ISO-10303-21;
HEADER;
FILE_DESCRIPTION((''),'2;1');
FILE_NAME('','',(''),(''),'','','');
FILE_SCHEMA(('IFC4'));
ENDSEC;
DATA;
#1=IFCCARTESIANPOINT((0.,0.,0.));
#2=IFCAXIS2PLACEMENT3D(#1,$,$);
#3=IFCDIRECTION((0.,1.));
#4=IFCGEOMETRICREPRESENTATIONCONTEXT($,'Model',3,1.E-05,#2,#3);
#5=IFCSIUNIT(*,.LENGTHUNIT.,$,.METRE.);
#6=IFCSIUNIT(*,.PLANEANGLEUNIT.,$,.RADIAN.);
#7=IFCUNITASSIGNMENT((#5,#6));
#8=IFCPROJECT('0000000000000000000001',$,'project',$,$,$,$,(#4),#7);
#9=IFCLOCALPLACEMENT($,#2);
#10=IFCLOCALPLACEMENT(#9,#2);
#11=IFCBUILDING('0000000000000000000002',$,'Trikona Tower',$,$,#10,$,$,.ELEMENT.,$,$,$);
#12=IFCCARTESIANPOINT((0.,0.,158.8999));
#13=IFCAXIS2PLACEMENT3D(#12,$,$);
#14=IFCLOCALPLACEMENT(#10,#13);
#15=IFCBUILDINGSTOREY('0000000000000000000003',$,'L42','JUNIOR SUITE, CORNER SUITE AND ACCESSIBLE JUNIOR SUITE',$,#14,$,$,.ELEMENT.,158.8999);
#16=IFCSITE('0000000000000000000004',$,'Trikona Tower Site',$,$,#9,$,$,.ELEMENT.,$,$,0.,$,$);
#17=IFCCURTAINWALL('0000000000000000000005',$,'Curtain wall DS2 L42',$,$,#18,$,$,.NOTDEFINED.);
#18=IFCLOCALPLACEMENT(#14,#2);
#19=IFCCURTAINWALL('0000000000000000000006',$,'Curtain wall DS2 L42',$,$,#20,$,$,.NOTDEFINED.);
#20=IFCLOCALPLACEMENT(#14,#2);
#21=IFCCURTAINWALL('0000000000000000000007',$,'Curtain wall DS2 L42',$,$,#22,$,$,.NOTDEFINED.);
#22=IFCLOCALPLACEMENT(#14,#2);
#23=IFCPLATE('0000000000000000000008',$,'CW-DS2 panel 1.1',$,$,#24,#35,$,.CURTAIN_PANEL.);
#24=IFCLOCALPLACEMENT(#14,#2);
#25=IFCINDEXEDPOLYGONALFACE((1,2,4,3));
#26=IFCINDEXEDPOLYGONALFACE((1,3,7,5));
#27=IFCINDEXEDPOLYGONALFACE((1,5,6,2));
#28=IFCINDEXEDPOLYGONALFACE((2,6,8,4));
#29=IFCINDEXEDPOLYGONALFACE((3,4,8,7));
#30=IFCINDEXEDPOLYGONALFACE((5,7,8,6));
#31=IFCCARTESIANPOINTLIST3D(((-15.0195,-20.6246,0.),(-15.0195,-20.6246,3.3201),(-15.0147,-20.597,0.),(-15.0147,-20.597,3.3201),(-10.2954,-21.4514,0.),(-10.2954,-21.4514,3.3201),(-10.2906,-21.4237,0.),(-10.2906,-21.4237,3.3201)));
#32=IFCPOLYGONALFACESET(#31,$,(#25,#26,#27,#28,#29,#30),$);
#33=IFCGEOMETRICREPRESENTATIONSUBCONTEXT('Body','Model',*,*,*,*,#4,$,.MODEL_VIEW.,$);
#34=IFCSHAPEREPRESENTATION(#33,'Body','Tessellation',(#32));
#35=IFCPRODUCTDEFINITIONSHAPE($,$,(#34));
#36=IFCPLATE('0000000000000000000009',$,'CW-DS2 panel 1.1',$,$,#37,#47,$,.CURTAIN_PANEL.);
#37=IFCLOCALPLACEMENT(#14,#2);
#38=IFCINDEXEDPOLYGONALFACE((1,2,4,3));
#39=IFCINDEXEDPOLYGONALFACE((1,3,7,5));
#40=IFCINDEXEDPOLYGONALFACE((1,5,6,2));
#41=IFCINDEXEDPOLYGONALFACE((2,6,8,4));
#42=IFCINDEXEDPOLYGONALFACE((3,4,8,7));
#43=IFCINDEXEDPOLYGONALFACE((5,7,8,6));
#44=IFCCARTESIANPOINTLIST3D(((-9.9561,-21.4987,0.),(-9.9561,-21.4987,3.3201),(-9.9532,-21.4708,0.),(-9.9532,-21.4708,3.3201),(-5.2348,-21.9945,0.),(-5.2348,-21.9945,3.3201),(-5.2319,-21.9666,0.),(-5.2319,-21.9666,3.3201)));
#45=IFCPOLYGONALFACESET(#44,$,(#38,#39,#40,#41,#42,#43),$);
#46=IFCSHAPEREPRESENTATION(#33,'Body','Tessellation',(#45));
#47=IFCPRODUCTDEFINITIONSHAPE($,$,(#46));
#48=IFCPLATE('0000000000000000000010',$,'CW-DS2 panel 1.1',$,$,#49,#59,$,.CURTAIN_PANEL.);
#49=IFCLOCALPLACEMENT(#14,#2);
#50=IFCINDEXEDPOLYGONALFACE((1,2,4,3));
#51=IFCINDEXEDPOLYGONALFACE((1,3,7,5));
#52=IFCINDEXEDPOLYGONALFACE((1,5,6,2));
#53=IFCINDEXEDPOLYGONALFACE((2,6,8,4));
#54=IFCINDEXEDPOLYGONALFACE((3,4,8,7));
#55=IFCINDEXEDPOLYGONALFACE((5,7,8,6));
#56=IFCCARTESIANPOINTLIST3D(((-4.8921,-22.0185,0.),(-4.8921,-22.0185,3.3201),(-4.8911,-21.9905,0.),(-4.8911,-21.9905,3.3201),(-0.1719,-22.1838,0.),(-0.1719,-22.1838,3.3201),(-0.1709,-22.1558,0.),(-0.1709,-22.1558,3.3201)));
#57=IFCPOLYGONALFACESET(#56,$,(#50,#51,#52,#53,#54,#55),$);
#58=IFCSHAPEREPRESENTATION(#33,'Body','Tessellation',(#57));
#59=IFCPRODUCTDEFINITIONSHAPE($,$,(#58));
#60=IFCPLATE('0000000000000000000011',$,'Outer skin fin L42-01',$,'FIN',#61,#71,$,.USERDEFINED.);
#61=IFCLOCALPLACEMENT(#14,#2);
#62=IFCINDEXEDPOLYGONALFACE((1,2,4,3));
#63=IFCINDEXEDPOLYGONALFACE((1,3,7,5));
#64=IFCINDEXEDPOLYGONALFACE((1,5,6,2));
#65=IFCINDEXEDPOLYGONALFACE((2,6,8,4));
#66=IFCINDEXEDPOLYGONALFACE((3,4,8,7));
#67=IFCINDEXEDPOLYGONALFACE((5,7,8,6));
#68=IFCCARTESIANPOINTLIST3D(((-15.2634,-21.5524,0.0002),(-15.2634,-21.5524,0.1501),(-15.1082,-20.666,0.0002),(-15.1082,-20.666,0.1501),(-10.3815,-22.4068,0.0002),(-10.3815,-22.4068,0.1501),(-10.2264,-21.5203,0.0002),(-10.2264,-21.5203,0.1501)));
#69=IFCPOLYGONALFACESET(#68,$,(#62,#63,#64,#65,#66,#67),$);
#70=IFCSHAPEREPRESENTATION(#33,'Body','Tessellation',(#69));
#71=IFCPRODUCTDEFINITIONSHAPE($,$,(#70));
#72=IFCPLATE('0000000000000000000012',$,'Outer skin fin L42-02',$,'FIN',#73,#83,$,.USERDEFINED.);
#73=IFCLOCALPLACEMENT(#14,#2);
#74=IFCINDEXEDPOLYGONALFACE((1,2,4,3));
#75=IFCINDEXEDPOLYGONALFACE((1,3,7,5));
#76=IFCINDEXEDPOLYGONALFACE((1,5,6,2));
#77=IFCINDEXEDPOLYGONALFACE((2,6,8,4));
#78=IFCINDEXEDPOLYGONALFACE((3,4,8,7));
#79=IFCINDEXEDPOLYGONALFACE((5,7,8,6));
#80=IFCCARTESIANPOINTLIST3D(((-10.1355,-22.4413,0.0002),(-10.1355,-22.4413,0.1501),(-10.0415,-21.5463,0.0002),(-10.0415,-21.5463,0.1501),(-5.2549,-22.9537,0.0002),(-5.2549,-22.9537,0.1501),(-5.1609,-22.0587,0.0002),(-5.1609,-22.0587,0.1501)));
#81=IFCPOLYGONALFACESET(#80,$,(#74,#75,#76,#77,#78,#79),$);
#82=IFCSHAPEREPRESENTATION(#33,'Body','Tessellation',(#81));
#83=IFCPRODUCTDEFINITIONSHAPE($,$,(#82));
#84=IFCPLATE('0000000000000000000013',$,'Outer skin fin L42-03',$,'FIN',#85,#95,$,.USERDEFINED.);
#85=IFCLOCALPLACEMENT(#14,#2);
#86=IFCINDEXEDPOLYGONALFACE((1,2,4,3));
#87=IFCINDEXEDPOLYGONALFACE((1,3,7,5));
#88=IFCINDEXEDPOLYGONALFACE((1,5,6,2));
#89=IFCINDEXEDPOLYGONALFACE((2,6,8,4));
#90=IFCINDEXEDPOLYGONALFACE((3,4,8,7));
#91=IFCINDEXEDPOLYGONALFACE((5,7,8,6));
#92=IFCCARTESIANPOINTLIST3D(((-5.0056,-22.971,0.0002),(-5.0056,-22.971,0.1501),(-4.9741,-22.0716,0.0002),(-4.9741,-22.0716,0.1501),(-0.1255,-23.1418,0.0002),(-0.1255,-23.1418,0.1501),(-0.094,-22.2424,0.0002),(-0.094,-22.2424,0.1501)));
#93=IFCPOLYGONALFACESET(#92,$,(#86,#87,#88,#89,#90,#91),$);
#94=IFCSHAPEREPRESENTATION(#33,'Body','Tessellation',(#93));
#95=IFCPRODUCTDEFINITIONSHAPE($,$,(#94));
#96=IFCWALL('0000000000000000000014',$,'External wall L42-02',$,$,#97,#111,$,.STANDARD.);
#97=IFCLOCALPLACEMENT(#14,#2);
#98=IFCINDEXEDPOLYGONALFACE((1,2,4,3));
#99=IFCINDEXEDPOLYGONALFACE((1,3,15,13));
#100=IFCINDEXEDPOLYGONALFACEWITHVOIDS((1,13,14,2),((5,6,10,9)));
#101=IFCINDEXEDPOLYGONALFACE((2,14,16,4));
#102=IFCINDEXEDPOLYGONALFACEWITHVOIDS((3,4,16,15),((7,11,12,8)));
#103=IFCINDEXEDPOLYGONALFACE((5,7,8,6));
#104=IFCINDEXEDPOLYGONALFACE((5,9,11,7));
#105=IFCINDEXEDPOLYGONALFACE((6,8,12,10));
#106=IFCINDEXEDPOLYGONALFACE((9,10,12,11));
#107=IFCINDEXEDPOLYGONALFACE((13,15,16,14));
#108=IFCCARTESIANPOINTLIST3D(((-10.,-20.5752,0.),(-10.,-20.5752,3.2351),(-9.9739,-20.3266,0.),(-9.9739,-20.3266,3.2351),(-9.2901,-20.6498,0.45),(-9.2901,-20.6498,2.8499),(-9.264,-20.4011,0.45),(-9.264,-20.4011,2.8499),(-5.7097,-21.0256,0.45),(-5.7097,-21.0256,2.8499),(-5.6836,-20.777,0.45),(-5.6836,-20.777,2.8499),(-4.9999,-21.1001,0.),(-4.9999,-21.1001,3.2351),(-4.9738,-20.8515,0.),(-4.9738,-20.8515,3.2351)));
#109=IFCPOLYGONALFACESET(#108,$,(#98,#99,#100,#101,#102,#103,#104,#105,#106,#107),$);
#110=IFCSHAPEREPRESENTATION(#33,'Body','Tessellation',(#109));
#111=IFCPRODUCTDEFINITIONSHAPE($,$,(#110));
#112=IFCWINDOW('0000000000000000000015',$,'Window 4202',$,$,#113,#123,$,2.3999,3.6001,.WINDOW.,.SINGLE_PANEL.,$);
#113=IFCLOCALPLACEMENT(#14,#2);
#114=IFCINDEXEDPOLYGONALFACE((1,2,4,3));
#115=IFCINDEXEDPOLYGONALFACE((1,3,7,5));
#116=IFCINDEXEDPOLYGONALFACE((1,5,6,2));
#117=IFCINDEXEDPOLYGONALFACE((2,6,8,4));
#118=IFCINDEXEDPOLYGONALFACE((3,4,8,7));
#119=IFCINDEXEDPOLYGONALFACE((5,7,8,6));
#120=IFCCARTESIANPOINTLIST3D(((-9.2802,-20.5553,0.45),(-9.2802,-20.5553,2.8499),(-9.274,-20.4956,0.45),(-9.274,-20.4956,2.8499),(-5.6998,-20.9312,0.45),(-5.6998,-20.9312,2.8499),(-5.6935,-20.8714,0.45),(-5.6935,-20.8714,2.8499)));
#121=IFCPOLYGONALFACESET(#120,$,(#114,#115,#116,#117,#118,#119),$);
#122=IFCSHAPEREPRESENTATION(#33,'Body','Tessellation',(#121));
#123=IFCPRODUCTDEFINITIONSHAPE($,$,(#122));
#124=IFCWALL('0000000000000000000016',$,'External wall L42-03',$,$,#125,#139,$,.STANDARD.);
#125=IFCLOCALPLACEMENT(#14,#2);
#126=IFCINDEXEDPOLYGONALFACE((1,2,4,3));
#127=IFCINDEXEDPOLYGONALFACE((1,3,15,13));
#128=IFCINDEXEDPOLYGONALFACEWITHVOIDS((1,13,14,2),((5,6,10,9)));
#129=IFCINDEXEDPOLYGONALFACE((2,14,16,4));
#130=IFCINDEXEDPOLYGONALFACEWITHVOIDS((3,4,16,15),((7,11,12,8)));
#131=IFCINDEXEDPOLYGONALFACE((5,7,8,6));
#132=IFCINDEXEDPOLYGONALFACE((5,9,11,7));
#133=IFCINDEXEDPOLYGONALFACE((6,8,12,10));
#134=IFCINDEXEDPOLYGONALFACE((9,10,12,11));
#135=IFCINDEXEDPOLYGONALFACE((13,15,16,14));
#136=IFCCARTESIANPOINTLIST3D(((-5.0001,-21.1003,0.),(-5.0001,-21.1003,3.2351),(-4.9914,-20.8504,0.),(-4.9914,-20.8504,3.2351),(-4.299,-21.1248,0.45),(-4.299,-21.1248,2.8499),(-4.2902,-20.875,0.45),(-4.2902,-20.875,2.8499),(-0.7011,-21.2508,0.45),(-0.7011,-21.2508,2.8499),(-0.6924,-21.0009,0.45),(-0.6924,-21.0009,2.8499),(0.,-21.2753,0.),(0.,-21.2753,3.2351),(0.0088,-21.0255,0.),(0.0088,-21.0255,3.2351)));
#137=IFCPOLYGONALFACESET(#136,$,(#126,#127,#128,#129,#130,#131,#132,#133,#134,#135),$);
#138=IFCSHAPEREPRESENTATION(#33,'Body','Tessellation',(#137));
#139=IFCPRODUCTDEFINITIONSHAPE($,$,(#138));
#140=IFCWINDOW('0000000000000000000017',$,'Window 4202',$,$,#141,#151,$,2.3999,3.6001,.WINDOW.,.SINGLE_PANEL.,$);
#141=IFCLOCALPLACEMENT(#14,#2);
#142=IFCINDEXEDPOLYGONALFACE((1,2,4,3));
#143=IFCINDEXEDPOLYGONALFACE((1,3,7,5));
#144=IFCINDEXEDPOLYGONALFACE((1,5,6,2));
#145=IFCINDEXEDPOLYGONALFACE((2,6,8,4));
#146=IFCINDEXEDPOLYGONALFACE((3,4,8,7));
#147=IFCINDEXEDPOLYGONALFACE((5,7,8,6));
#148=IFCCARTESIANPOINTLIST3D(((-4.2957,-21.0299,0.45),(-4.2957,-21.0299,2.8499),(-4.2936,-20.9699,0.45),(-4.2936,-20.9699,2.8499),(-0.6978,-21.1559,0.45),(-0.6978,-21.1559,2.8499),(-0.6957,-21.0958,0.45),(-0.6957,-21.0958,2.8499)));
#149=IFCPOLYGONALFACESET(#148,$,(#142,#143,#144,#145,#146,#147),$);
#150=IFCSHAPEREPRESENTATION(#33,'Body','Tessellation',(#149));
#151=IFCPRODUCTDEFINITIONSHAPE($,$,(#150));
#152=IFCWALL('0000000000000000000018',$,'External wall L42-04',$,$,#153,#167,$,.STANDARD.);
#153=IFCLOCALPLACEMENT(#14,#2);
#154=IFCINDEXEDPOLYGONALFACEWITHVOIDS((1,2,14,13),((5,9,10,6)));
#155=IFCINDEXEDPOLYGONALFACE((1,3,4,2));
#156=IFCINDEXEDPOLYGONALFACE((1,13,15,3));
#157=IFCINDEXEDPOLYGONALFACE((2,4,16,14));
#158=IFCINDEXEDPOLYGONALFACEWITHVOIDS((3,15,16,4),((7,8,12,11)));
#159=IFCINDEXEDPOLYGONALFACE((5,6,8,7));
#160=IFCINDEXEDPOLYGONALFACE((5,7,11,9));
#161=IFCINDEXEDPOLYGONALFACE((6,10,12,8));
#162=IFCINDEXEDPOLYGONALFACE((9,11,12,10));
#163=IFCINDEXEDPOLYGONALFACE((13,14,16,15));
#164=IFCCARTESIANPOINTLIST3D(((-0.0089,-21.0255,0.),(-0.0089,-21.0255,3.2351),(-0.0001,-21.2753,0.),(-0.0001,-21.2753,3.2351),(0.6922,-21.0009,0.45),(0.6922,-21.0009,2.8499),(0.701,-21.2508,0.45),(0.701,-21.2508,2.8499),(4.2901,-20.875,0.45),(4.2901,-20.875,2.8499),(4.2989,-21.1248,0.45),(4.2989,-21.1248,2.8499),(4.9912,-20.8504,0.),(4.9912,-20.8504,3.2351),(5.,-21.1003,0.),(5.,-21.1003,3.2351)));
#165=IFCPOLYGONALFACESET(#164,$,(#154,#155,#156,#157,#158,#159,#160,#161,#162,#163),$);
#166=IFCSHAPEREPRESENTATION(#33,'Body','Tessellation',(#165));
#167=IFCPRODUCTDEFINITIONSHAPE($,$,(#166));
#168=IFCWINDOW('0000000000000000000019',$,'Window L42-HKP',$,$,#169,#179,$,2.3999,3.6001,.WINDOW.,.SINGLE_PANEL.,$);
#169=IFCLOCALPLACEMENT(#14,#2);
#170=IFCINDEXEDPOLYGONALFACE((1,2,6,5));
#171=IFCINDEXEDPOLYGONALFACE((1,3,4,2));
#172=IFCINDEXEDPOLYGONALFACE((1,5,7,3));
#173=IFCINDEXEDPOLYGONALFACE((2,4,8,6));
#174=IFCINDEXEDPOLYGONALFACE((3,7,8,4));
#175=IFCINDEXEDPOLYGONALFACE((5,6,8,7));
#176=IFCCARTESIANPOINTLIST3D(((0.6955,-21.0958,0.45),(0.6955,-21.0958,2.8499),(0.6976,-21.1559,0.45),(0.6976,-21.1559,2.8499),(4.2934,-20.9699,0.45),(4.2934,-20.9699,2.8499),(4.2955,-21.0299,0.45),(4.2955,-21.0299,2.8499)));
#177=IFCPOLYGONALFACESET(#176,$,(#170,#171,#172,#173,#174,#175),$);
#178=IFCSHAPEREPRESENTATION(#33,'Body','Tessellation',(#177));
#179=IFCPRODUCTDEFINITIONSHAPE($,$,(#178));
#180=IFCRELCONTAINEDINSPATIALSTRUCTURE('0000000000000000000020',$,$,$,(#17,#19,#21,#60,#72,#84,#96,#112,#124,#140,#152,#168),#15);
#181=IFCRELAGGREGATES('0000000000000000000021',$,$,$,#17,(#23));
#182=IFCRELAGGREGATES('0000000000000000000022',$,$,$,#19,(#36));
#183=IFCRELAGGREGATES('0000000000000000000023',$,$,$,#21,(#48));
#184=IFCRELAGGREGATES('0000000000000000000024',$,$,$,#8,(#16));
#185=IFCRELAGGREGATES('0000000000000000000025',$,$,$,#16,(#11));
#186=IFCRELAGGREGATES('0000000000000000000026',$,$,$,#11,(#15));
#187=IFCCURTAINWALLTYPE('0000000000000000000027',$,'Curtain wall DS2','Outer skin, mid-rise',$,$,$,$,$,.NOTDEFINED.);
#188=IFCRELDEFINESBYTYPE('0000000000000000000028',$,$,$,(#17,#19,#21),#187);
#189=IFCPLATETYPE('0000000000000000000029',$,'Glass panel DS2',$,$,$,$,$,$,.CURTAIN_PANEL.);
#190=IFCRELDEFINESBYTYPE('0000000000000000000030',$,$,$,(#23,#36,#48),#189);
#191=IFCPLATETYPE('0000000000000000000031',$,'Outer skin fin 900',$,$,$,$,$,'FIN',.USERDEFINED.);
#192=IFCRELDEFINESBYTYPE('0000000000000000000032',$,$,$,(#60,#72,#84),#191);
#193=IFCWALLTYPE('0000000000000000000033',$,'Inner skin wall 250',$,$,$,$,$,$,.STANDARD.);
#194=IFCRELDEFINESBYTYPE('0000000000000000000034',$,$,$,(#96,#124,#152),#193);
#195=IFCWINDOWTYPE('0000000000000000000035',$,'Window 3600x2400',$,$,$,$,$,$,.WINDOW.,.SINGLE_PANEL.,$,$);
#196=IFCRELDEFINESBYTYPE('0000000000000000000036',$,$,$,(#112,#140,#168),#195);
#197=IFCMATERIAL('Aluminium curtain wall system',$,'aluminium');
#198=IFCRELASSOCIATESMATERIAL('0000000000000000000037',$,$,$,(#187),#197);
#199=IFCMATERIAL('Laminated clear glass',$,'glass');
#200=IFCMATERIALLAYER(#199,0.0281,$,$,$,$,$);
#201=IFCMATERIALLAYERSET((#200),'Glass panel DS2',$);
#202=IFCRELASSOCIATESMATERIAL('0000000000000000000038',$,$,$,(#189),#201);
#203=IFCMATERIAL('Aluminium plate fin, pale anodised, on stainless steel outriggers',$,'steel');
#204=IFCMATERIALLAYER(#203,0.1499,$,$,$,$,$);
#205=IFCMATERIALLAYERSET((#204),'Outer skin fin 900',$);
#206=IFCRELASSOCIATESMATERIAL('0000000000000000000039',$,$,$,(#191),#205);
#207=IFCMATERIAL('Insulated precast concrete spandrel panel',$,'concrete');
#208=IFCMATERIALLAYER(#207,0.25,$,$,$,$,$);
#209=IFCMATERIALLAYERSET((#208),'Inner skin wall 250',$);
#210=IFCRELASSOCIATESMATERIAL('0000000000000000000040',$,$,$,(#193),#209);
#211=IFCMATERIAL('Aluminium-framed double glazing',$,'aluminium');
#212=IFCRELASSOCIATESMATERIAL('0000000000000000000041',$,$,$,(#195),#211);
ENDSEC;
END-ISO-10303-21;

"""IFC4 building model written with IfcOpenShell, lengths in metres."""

from ifc_helpers import new_model, si_unit, direction, frame, frame_2d, origin, origin_2d, place, context, subcontext, project, spatial, rectangle, extrude, material, layer, layer_set, type_object, element, fill, aggregate, save


model = new_model("IFC4")

# Units and contexts
model_context = context("Model", 3, precision=1e-05, world=origin(), true_north=direction((0.0, 1.0)))
body_context = subcontext(model_context, "Body", "Model", "MODEL_VIEW")
ifc_project = project(units=[si_unit("LENGTHUNIT", "METRE"), si_unit("PLANEANGLEUNIT", "RADIAN")], contexts=[model_context])

# Site, building, storey
site_placement = place(None, origin())
site = spatial("IfcSite", under=ifc_project, at=site_placement, Name="Trikona Tower Site", CompositionType="ELEMENT", RefElevation=0.0)
building_placement = place(site_placement, origin())
building = spatial("IfcBuilding", under=site, at=building_placement, Name="Trikona Tower", CompositionType="ELEMENT")
storey_placement = place(building_placement, frame((0.0, 0.0, 158.8999)))
storey = spatial("IfcBuildingStorey", under=building, at=storey_placement, Name="L42", Description="JUNIOR SUITE, CORNER SUITE AND ACCESSIBLE JUNIOR SUITE", CompositionType="ELEMENT", Elevation=158.8999)

# Curtain wall
ifc_material_1 = material(Name="Aluminium curtain wall system", Category="aluminium")
curtain_wall_type = type_object("IfcCurtainWallType", Name="Curtain wall DS2", Description="Outer skin, mid-rise", PredefinedType="NOTDEFINED", material=ifc_material_1)
curtain_wall_1_placement = place(storey_placement, origin())
curtain_wall_1 = element("IfcCurtainWall", 1, at=curtain_wall_1_placement, inside=storey, type_object=curtain_wall_type, Name="Curtain wall DS2 L42", PredefinedType="NOTDEFINED")

# Curtain walls
curtain_wall_2_placement = place(storey_placement, origin())
curtain_wall_2 = element("IfcCurtainWall", 2, at=curtain_wall_2_placement, inside=storey, type_object=curtain_wall_type, Name="Curtain wall DS2 L42", PredefinedType="NOTDEFINED")
curtain_wall_3_placement = place(storey_placement, origin())
curtain_wall_3 = element("IfcCurtainWall", 3, at=curtain_wall_3_placement, inside=storey, type_object=curtain_wall_type, Name="Curtain wall DS2 L42", PredefinedType="NOTDEFINED")

# Plates
ifc_material_2 = material(Name="Laminated clear glass", Category="glass")
ifc_layer_1 = layer(ifc_material_2, 0.0281)
ifc_layer_set_1 = layer_set([ifc_layer_1], Name="Glass panel DS2")
plate_type_1 = type_object("IfcPlateType", Name="Glass panel DS2", PredefinedType="CURTAIN_PANEL", material=ifc_layer_set_1)
plate_1_placement = place(storey_placement, frame((-12.655, -21.0242, 0.0), z_axis=(0.0, 0.0, 1.0), x_axis=(0.985031, -0.172377, 0.0)))
plate_1 = element("IfcPlate", 4, at=plate_1_placement, type_object=plate_type_1, Name="CW-DS2 panel 1.1", PredefinedType="CURTAIN_PANEL", context=body_context, shape_type="SweptSolid", body=[
    extrude(rectangle(XDim=4.7959, YDim=0.0281, at=origin_2d()), origin(), (0.0, 0.0, 1.0), 3.3201),
])
aggregate(curtain_wall_1, [plate_1])
plate_2_placement = place(storey_placement, frame((-7.594, -21.7327, 0.0), z_axis=(0.0, 0.0, 1.0), x_axis=(0.994532, -0.104433, 0.0)))
plate_2 = element("IfcPlate", 5, at=plate_2_placement, type_object=plate_type_1, Name="CW-DS2 panel 1.1", PredefinedType="CURTAIN_PANEL", context=body_context, shape_type="SweptSolid", body=[
    extrude(rectangle(XDim=4.7473, YDim=0.0281, at=origin_2d()), origin(), (0.0, 0.0, 1.0), 3.3201),
])
aggregate(curtain_wall_2, [plate_2])
plate_3_placement = place(storey_placement, frame((-2.5315, -22.0872, 0.0), z_axis=(0.0, 0.0, 1.0), x_axis=(0.999387, -0.034998, 0.0)))
plate_3 = element("IfcPlate", 6, at=plate_3_placement, type_object=plate_type_1, Name="CW-DS2 panel 1.1", PredefinedType="CURTAIN_PANEL", context=body_context, shape_type="SweptSolid", body=[
    extrude(rectangle(XDim=4.7231, YDim=0.0281, at=origin_2d()), origin(), (0.0, 0.0, 1.0), 3.3201),
])
aggregate(curtain_wall_3, [plate_3])

# Plates
ifc_material_3 = material(Name="Aluminium plate fin, pale anodised, on stainless steel outriggers", Category="steel")
ifc_layer_2 = layer(ifc_material_3, 0.1499)
ifc_layer_set_2 = layer_set([ifc_layer_2], Name="Outer skin fin 900")
plate_type_2 = type_object("IfcPlateType", Name="Outer skin fin 900", ElementType="FIN", PredefinedType="USERDEFINED", material=ifc_layer_set_2)
plate_4_placement = place(storey_placement, frame((-12.7449, -21.5364, 0.0002), z_axis=(0.0, 0.0, 1.0), x_axis=(0.985031, -0.17238, 0.0)))
element("IfcPlate", 7, at=plate_4_placement, inside=storey, type_object=plate_type_2, Name="Outer skin fin L42-01", ObjectType="FIN", PredefinedType="USERDEFINED", context=body_context, shape_type="SweptSolid", body=[
    extrude(rectangle(XDim=4.9561, YDim=0.8999, at=origin_2d()), origin(), (0.0, 0.0, 1.0), 0.1499),
])
plate_5_placement = place(storey_placement, frame((-7.6482, -22.25, 0.0002), z_axis=(0.0, 0.0, 1.0), x_axis=(0.994533, -0.104426, 0.0)))
element("IfcPlate", 8, at=plate_5_placement, inside=storey, type_object=plate_type_2, Name="Outer skin fin L42-02", ObjectType="FIN", PredefinedType="USERDEFINED", context=body_context, shape_type="SweptSolid", body=[
    extrude(rectangle(XDim=4.9075, YDim=0.8999, at=origin_2d()), origin(), (0.0, 0.0, 1.0), 0.1499),
])
plate_6_placement = place(storey_placement, frame((-2.5498, -22.6067, 0.0002), z_axis=(0.0, 0.0, 1.0), x_axis=(0.999388, -0.034978, 0.0)))
element("IfcPlate", 9, at=plate_6_placement, inside=storey, type_object=plate_type_2, Name="Outer skin fin L42-03", ObjectType="FIN", PredefinedType="USERDEFINED", context=body_context, shape_type="SweptSolid", body=[
    extrude(rectangle(XDim=4.8831, YDim=0.8999, at=origin_2d()), origin(), (0.0, 0.0, 1.0), 0.1499),
])

# Walls, openings, windows
ifc_material_4 = material(Name="Insulated precast concrete spandrel panel", Category="concrete")
ifc_layer_3 = layer(ifc_material_4, 0.25)
ifc_layer_set_3 = layer_set([ifc_layer_3], Name="Inner skin wall 250")
wall_type = type_object("IfcWallType", Name="Inner skin wall 250", PredefinedType="STANDARD", material=ifc_layer_set_3)
wall_1_placement = place(storey_placement, frame((-9.9868, -20.4509, 0.0), z_axis=(0.0, 0.0, 1.0), x_axis=(0.994535, -0.104407, 0.0)))
wall_1 = element("IfcWall", 10, at=wall_1_placement, inside=storey, type_object=wall_type, Name="External wall L42-02", PredefinedType="STANDARD", context=body_context, shape_type="SweptSolid", body=[
    extrude(rectangle(XDim=5.0276, YDim=0.25, at=frame_2d((2.5137, 0.0))), origin(), (0.0, 0.0, 1.0), 3.2351),
])
opening_1_placement = place(wall_1_placement, frame((0.7136, 0.0, 0.45)))
opening_1 = element("IfcOpeningElement", 11, at=opening_1_placement, cuts=wall_1, PredefinedType="OPENING", context=body_context, shape_type="SweptSolid", body=[
    extrude(rectangle(XDim=3.6001, YDim=2.3999, at=frame_2d((1.8, 1.2))), frame((0.0, 0.135, 0.0), z_axis=(0.0, -1.0, 0.0), x_axis=(1.0, 0.0, 0.0)), (0.0, 0.0, 1.0), 0.27),
])
ifc_material_5 = material(Name="Aluminium-framed double glazing", Category="aluminium")
window_type = type_object("IfcWindowType", Name="Window 3600x2400", PartitioningType="SINGLE_PANEL", PredefinedType="WINDOW", material=ifc_material_5)
window_1_placement = place(opening_1_placement, origin())
window_1 = element("IfcWindow", 12, at=window_1_placement, inside=storey, type_object=window_type, Name="Window 4202", OverallHeight=2.3999, OverallWidth=3.6001, PartitioningType="SINGLE_PANEL", PredefinedType="WINDOW", context=body_context, shape_type="SweptSolid", body=[
    extrude(rectangle(XDim=3.6001, YDim=2.3999, at=frame_2d((1.8, 1.2))), frame((0.0, 0.03, 0.0), z_axis=(0.0, -1.0, 0.0), x_axis=(1.0, 0.0, 0.0)), (0.0, 0.0, 1.0), 0.0601),
])
fill(opening_1, window_1)
wall_2_placement = place(storey_placement, frame((-4.9956, -20.9753, 0.0), z_axis=(0.0, 0.0, 1.0), x_axis=(0.999388, -0.034988, 0.0)))
wall_2 = element("IfcWall", 13, at=wall_2_placement, inside=storey, type_object=wall_type, Name="External wall L42-03", PredefinedType="STANDARD", context=body_context, shape_type="SweptSolid", body=[
    extrude(rectangle(XDim=5.0032, YDim=0.25, at=frame_2d((2.5015, 0.0))), origin(), (0.0, 0.0, 1.0), 3.2351),
])
opening_2_placement = place(wall_2_placement, frame((0.7014, 0.0, 0.45)))
opening_2 = element("IfcOpeningElement", 14, at=opening_2_placement, cuts=wall_2, PredefinedType="OPENING", context=body_context, shape_type="SweptSolid", body=[
    extrude(rectangle(XDim=3.6001, YDim=2.3999, at=frame_2d((1.8, 1.2))), frame((0.0, 0.135, 0.0), z_axis=(0.0, -1.0, 0.0), x_axis=(1.0, 0.0, 0.0)), (0.0, 0.0, 1.0), 0.27),
])
window_2_placement = place(opening_2_placement, origin())
window_2 = element("IfcWindow", 15, at=window_2_placement, inside=storey, type_object=window_type, Name="Window 4202", OverallHeight=2.3999, OverallWidth=3.6001, PartitioningType="SINGLE_PANEL", PredefinedType="WINDOW", context=body_context, shape_type="SweptSolid", body=[
    extrude(rectangle(XDim=3.6001, YDim=2.3999, at=frame_2d((1.8, 1.2))), frame((0.0, 0.03, 0.0), z_axis=(0.0, -1.0, 0.0), x_axis=(1.0, 0.0, 0.0)), (0.0, 0.0, 1.0), 0.0601),
])
fill(opening_2, window_2)
wall_3_placement = place(storey_placement, frame((-0.0044, -21.1504, 0.0), z_axis=(0.0, 0.0, 1.0), x_axis=(0.999388, 0.034988, 0.0)))
wall_3 = element("IfcWall", 16, at=wall_3_placement, inside=storey, type_object=wall_type, Name="External wall L42-04", PredefinedType="STANDARD", context=body_context, shape_type="SweptSolid", body=[
    extrude(rectangle(XDim=5.0032, YDim=0.25, at=frame_2d((2.5015, 0.0))), origin(), (0.0, 0.0, 1.0), 3.2351),
])
opening_3_placement = place(wall_3_placement, frame((0.7014, 0.0, 0.45)))
opening_3 = element("IfcOpeningElement", 17, at=opening_3_placement, cuts=wall_3, PredefinedType="OPENING", context=body_context, shape_type="SweptSolid", body=[
    extrude(rectangle(XDim=3.6001, YDim=2.3999, at=frame_2d((1.8, 1.2))), frame((0.0, 0.135, 0.0), z_axis=(0.0, -1.0, 0.0), x_axis=(1.0, 0.0, 0.0)), (0.0, 0.0, 1.0), 0.27),
])
window_3_placement = place(opening_3_placement, origin())
window_3 = element("IfcWindow", 18, at=window_3_placement, inside=storey, type_object=window_type, Name="Window L42-HKP", OverallHeight=2.3999, OverallWidth=3.6001, PartitioningType="SINGLE_PANEL", PredefinedType="WINDOW", context=body_context, shape_type="SweptSolid", body=[
    extrude(rectangle(XDim=3.6001, YDim=2.3999, at=frame_2d((1.8, 1.2))), frame((0.0, 0.03, 0.0), z_axis=(0.0, -1.0, 0.0), x_axis=(1.0, 0.0, 0.0)), (0.0, 0.0, 1.0), 0.0601),
])
fill(opening_3, window_3)

save(model, "model.ifc")
